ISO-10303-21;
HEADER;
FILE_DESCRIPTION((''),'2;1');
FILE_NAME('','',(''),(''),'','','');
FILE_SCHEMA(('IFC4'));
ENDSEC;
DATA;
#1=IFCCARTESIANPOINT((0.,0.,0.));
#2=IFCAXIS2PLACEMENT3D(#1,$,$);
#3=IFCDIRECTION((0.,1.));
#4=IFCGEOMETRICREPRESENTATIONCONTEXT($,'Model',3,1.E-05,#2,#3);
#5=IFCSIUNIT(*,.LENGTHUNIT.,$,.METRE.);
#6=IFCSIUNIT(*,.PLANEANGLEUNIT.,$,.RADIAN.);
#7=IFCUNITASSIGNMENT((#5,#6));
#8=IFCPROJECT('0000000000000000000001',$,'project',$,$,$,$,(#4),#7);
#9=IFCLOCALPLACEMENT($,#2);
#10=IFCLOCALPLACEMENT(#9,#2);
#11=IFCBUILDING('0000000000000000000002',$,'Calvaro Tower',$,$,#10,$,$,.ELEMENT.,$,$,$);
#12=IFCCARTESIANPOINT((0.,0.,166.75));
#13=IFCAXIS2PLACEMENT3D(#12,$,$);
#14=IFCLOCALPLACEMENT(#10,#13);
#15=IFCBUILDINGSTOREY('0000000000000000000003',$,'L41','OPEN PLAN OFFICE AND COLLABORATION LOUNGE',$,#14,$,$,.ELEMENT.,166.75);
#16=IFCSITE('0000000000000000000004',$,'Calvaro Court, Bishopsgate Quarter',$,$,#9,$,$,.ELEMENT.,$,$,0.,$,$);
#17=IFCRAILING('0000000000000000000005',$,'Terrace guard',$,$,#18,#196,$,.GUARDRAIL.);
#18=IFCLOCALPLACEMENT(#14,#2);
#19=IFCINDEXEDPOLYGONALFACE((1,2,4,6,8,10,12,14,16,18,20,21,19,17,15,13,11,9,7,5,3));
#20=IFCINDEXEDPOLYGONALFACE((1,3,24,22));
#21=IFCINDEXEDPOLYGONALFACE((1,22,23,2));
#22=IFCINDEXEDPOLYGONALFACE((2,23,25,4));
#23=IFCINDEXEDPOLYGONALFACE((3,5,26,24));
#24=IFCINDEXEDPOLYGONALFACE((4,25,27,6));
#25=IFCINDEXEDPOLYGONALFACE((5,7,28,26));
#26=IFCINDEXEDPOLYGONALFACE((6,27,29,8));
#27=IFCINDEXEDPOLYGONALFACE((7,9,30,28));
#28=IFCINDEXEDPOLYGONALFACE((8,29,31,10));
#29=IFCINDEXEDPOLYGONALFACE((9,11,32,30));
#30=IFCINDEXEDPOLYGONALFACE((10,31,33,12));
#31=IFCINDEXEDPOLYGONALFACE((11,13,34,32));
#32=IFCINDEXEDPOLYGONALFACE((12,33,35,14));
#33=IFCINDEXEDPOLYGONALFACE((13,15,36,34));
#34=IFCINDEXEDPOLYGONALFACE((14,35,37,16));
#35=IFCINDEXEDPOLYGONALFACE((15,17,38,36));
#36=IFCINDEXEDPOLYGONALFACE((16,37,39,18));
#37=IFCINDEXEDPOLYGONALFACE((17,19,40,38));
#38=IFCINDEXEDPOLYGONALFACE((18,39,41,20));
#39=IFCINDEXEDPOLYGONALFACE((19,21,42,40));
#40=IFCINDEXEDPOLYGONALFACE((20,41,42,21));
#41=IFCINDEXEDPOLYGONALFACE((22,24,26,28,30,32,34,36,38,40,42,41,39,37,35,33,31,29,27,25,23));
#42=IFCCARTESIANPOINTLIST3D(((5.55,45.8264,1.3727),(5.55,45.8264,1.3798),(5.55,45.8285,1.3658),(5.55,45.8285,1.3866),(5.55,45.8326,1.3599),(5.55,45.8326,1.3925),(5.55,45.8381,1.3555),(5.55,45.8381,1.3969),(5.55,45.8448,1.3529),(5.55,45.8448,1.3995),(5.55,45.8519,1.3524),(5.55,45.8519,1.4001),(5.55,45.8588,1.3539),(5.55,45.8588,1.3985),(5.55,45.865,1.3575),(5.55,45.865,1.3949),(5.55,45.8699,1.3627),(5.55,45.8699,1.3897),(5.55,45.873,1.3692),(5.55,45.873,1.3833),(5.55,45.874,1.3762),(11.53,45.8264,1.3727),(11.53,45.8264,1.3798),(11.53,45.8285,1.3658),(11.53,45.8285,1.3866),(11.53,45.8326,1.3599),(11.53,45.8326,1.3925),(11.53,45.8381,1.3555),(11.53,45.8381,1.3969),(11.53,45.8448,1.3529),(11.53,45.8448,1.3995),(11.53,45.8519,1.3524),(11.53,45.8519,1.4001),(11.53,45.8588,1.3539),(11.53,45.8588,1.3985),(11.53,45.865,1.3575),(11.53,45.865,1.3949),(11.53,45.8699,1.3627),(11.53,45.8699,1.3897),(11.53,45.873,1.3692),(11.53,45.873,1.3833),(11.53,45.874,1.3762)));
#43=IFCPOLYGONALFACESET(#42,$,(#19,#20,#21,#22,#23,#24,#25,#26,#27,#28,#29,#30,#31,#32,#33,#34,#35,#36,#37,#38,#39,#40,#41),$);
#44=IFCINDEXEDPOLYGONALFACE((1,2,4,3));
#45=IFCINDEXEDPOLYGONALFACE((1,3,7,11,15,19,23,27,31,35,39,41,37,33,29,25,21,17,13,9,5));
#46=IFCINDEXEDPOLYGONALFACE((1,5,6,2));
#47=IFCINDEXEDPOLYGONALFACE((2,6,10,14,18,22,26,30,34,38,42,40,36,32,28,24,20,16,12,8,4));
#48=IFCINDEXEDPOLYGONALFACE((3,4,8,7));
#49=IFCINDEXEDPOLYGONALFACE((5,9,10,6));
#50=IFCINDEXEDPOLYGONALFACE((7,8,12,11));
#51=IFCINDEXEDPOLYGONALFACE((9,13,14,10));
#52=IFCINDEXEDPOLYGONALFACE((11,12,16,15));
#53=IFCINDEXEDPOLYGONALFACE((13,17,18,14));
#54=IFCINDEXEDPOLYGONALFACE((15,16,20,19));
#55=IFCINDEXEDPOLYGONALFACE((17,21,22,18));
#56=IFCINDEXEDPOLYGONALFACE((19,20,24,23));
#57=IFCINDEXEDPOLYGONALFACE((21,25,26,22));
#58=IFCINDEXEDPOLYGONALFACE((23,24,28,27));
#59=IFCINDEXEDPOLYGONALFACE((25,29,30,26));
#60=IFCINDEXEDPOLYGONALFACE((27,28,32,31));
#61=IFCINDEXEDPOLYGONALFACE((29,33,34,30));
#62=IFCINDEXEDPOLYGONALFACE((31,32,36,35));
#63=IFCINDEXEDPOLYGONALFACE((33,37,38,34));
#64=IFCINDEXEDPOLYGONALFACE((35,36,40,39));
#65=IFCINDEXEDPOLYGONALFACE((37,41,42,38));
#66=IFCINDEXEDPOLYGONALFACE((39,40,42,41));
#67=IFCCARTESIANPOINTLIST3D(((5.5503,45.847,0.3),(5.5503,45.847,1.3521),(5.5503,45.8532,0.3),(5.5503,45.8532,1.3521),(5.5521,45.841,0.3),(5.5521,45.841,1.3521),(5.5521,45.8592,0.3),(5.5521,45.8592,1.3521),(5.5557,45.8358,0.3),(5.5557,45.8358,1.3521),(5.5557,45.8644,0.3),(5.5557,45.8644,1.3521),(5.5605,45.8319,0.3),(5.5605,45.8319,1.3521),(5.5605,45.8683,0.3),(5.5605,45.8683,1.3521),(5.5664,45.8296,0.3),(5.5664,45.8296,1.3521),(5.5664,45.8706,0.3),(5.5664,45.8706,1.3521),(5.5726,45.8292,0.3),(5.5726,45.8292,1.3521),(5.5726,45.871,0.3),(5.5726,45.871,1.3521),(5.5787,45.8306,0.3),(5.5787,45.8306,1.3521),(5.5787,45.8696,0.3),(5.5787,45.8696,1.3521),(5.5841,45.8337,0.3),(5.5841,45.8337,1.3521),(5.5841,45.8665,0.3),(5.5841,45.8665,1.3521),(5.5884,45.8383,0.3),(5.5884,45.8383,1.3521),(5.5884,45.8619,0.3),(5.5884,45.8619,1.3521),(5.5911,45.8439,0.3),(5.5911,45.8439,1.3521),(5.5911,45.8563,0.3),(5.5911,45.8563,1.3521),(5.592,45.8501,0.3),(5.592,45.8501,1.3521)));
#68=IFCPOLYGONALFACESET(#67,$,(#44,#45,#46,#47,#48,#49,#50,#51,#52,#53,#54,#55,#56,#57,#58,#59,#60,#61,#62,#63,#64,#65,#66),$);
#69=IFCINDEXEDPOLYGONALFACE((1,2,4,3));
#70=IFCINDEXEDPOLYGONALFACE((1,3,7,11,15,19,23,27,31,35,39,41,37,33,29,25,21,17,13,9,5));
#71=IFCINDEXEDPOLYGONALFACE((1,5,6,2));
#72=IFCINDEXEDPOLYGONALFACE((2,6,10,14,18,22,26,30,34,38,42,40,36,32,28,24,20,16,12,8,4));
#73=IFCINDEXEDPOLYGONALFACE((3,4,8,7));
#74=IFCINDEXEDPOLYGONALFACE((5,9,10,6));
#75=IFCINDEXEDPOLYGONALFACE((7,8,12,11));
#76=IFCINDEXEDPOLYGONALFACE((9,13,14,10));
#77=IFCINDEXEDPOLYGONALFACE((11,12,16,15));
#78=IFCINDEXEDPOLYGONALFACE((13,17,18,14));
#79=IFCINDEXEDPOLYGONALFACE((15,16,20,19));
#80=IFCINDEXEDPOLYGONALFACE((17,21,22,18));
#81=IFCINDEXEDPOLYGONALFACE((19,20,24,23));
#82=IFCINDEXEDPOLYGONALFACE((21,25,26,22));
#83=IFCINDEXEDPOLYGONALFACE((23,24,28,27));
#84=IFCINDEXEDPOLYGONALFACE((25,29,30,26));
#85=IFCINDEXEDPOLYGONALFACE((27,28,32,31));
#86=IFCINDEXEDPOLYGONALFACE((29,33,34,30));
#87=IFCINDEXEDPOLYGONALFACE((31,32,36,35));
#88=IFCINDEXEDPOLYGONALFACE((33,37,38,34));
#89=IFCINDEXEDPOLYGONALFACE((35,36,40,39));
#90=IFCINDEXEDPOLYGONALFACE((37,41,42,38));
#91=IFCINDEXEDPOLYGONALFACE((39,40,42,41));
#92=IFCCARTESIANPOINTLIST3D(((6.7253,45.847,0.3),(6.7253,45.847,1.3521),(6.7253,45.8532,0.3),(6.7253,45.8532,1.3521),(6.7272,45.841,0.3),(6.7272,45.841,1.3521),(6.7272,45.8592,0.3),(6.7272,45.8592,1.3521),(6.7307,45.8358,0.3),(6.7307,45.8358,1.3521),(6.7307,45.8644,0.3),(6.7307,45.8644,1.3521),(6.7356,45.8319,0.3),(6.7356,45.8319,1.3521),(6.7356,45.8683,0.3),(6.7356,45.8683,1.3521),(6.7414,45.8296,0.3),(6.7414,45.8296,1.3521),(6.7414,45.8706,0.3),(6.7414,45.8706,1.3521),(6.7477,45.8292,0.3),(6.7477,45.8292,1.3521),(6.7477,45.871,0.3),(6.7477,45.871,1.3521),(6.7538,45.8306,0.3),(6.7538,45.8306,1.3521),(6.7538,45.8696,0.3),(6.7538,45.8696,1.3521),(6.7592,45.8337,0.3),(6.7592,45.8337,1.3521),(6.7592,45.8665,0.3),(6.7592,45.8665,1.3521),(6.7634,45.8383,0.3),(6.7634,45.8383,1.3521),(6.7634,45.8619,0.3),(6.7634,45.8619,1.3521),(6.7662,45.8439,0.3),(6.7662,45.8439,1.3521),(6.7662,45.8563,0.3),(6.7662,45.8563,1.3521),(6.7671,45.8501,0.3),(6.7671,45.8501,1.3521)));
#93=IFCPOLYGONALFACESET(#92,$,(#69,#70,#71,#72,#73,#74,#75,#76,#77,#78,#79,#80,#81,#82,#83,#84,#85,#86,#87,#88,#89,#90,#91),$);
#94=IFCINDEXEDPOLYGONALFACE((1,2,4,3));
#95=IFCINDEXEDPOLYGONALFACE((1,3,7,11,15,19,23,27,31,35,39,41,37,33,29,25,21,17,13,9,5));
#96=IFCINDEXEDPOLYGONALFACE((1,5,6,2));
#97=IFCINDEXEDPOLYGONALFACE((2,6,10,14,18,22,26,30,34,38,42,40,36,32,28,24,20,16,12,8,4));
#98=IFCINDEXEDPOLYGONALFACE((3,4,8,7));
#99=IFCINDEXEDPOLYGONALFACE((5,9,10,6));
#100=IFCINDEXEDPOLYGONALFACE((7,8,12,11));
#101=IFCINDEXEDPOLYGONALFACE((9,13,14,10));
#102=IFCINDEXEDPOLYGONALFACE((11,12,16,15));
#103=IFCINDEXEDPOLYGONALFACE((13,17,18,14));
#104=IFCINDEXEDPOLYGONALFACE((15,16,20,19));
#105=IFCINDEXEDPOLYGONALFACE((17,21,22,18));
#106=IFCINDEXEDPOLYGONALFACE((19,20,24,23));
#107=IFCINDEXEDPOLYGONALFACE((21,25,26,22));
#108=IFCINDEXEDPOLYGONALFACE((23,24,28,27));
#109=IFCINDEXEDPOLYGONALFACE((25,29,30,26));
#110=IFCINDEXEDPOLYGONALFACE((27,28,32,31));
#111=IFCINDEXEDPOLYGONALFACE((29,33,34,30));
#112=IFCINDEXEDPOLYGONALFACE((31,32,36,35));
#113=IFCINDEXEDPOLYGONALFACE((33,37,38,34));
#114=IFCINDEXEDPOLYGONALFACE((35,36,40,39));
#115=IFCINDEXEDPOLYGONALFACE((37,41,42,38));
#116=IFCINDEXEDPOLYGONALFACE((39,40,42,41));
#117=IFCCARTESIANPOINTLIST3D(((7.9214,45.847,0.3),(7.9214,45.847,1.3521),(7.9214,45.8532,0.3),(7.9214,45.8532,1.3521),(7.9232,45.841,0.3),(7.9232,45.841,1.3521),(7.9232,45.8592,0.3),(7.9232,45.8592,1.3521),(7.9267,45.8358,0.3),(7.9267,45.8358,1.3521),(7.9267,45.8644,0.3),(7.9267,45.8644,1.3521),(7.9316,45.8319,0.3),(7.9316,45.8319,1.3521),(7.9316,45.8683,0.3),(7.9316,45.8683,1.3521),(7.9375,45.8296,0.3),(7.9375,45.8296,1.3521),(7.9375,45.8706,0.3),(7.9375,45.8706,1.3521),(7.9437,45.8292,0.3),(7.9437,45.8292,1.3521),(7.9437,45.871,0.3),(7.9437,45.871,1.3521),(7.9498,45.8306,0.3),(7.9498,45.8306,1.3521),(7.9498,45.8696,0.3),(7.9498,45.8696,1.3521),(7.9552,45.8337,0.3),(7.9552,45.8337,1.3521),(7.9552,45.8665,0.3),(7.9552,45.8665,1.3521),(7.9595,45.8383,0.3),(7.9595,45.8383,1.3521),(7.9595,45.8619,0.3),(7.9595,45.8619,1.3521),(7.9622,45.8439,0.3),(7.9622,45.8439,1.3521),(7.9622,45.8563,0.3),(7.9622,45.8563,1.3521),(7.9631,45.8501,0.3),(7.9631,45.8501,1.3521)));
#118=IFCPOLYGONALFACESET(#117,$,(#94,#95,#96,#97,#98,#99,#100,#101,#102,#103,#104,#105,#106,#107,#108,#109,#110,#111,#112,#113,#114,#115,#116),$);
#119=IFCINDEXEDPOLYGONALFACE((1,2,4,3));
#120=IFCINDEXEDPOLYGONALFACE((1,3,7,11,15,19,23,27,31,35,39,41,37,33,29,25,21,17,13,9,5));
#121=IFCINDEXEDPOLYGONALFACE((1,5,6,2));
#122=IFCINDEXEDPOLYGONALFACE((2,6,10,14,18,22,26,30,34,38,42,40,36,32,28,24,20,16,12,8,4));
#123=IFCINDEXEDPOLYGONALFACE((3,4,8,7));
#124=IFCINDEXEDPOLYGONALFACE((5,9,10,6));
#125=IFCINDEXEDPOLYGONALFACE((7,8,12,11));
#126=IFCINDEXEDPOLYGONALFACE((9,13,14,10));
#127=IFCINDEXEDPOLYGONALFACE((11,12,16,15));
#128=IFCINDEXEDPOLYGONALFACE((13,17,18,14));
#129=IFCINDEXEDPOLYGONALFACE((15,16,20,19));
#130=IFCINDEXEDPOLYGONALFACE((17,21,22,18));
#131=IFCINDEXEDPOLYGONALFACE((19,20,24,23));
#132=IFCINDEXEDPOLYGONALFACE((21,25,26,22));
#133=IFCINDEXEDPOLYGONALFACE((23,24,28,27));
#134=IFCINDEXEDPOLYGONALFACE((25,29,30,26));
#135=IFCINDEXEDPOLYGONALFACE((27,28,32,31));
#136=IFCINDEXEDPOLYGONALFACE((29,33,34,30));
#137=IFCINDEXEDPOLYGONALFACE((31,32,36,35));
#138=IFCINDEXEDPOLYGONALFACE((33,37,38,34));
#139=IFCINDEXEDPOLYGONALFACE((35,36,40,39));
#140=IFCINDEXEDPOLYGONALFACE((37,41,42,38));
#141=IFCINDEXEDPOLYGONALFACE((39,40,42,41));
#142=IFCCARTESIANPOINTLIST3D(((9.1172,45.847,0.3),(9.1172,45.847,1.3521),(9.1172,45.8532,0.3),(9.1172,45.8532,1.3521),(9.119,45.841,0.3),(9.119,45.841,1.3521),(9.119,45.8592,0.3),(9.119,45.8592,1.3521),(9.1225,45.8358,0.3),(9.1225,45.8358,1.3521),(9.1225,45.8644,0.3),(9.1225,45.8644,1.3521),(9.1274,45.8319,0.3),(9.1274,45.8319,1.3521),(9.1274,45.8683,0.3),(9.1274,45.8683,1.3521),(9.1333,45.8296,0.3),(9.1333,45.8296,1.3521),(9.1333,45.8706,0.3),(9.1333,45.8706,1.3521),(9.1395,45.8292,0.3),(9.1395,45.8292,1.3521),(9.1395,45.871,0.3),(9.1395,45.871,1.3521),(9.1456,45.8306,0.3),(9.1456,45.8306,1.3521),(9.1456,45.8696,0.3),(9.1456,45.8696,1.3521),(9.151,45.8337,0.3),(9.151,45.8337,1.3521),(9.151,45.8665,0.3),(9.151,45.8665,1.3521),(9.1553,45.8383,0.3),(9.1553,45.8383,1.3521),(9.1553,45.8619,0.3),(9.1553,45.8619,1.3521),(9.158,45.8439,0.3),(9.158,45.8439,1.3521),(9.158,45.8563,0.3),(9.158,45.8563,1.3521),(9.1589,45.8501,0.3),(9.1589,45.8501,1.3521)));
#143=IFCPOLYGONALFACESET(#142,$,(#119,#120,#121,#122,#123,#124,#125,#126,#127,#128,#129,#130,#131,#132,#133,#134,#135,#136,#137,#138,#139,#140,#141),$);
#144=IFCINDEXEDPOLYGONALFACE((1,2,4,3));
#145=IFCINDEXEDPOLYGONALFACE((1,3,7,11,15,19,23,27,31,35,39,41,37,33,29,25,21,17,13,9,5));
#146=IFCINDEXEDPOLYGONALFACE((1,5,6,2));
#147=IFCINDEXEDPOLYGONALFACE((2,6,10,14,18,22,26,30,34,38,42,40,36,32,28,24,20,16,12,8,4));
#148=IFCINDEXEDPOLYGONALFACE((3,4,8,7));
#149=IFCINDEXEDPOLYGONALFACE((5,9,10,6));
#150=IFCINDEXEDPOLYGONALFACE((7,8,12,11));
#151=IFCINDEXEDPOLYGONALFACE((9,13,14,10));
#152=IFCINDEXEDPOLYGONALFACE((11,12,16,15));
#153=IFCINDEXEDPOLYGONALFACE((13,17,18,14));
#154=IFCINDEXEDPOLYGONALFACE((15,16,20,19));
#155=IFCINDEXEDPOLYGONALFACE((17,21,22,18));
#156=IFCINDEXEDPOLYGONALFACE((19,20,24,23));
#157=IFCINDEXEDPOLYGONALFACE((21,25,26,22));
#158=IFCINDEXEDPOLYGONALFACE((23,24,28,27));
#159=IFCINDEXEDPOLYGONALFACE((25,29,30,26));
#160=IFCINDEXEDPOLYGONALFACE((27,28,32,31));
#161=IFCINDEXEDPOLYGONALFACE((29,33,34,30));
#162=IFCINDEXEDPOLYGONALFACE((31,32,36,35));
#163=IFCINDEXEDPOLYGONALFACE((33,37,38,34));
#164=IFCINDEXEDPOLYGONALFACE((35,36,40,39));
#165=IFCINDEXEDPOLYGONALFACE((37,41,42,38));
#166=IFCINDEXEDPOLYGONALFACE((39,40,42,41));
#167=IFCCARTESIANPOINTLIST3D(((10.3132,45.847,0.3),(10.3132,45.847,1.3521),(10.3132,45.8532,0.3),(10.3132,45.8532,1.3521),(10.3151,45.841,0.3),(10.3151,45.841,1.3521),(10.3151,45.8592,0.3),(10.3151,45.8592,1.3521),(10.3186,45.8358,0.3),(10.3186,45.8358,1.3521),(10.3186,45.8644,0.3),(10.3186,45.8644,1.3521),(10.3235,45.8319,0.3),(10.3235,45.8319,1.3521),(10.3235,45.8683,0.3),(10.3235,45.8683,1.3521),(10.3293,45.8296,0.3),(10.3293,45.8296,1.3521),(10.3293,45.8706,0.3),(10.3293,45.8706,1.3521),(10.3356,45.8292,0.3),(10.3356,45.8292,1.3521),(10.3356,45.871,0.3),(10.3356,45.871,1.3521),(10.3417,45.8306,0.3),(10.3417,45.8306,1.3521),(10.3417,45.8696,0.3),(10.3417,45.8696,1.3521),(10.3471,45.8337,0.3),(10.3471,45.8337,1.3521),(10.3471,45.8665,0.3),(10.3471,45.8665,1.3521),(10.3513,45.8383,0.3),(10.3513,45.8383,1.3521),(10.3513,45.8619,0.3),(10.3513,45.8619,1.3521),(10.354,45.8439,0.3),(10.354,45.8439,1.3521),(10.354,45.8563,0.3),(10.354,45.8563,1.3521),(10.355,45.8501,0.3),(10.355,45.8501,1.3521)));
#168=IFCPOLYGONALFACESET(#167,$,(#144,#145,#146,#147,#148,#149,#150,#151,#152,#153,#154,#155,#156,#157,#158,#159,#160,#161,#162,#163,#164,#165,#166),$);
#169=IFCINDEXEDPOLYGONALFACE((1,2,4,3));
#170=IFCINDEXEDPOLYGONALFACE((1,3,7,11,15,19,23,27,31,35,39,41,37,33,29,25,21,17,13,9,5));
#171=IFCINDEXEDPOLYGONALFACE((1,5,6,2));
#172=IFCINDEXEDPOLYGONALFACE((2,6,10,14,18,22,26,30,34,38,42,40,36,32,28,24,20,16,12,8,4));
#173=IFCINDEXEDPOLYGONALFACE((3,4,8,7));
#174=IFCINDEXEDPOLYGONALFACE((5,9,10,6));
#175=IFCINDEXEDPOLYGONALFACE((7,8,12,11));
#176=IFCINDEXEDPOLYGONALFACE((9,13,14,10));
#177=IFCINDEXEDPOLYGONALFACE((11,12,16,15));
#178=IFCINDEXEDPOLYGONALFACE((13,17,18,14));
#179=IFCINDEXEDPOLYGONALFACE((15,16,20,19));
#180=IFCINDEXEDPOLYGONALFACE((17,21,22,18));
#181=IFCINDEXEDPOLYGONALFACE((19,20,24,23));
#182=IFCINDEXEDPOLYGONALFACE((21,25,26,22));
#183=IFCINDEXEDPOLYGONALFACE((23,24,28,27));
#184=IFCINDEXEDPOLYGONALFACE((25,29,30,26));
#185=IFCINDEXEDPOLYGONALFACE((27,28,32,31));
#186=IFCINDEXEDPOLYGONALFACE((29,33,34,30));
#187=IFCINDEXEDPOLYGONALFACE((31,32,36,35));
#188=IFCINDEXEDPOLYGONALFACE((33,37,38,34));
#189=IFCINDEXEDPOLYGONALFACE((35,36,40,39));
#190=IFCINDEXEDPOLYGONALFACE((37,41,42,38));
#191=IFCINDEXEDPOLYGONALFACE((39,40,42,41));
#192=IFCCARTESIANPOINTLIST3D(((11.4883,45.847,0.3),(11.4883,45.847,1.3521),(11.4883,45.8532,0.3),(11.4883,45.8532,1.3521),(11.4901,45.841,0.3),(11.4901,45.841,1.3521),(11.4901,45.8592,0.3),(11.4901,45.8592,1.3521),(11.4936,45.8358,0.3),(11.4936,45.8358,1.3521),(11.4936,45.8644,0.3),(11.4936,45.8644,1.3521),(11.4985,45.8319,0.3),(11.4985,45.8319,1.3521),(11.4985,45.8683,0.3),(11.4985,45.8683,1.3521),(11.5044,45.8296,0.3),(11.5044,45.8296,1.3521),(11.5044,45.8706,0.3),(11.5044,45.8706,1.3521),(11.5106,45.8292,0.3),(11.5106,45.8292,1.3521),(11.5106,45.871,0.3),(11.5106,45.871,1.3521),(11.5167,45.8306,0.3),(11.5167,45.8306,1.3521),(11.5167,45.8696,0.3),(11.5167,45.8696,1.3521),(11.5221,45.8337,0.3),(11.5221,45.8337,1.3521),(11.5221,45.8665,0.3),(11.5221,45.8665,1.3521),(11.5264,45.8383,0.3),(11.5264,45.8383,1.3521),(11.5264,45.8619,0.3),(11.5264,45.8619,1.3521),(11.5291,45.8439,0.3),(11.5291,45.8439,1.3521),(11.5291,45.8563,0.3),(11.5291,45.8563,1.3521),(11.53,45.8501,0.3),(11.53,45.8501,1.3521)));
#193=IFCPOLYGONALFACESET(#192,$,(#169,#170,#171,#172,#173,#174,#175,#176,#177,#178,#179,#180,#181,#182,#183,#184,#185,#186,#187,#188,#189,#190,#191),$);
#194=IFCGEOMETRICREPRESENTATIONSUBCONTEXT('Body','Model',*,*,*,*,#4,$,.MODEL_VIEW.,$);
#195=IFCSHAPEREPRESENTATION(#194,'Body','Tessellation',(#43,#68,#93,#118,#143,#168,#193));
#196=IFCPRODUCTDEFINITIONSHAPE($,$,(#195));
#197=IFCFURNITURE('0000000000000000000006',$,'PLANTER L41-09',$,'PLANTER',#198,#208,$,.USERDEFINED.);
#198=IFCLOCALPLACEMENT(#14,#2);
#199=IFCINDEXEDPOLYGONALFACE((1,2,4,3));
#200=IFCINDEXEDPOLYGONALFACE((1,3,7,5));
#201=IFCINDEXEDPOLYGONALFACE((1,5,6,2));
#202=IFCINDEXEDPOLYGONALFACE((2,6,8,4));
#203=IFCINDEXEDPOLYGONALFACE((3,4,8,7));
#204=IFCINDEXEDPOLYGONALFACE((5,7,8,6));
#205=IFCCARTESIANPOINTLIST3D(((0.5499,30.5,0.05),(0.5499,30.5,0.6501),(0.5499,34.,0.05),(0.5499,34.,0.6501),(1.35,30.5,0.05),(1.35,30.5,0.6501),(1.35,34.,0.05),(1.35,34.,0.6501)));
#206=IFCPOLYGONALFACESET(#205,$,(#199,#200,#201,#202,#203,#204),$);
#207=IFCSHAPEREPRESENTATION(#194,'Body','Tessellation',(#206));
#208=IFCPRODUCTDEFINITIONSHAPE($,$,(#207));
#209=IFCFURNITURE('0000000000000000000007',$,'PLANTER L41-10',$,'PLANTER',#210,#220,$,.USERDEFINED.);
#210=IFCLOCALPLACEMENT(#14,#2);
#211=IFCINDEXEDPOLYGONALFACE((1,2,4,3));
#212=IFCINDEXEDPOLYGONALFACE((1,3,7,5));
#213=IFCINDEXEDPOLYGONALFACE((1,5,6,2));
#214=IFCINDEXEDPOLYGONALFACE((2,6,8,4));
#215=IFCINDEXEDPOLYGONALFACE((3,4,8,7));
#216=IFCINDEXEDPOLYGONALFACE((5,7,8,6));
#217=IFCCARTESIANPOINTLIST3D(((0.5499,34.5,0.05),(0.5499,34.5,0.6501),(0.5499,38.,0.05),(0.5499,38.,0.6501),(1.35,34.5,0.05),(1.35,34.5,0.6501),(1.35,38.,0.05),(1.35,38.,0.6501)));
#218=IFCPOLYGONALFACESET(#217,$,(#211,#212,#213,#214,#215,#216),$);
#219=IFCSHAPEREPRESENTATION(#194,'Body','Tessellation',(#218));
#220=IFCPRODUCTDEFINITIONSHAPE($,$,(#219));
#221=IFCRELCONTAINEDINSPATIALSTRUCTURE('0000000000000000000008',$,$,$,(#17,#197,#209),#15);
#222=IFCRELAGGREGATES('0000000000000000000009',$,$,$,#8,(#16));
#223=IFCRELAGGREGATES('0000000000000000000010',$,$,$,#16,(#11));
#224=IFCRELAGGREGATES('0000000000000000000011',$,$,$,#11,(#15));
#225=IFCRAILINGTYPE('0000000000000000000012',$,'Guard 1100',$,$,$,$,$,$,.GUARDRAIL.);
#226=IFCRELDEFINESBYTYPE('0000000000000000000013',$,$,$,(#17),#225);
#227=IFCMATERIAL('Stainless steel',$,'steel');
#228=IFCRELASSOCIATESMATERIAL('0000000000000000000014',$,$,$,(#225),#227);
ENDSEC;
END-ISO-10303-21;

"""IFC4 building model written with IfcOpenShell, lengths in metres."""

from ifc_helpers import new_model, si_unit, direction, frame, origin, origin_2d, place, context, subcontext, project, spatial, rectangle, circle, extrude, material, type_object, element, save


model = new_model("IFC4")

# Units and contexts
model_context = context("Model", 3, precision=1e-05, world=origin(), true_north=direction((0.0, 1.0)))
body_context = subcontext(model_context, "Body", "Model", "MODEL_VIEW")
ifc_project = project(units=[si_unit("LENGTHUNIT", "METRE"), si_unit("PLANEANGLEUNIT", "RADIAN")], contexts=[model_context])

# Site, building, storey
site_placement = place(None, origin())
site = spatial("IfcSite", under=ifc_project, at=site_placement, Name="Calvaro Court, Bishopsgate Quarter", CompositionType="ELEMENT", RefElevation=0.0)
building_placement = place(site_placement, origin())
building = spatial("IfcBuilding", under=site, at=building_placement, Name="Calvaro Tower", CompositionType="ELEMENT")
storey_placement = place(building_placement, frame((0.0, 0.0, 166.75)))
storey = spatial("IfcBuildingStorey", under=building, at=storey_placement, Name="L41", Description="OPEN PLAN OFFICE AND COLLABORATION LOUNGE", CompositionType="ELEMENT", Elevation=166.75)

# Railing
ifc_material_1 = material(Name="Stainless steel", Category="steel")
railing_type = type_object("IfcRailingType", Name="Guard 1100", PredefinedType="GUARDRAIL", material=ifc_material_1)
railing_1_placement = place(storey_placement, frame((5.55, 45.8501, 0.3)))
element("IfcRailing", 1, at=railing_1_placement, inside=storey, type_object=railing_type, Name="Terrace guard", PredefinedType="GUARDRAIL", context=body_context, shape_type="SweptSolid", body=[
    extrude(circle(Radius=0.0239, at=origin_2d()), frame((0.0, 0.0, 1.0762), z_axis=(1.0, 0.0, 0.0), x_axis=(0.0, 1.0, 0.0)), (0.0, 0.0, 1.0), 5.98),
    extrude(circle(Radius=0.021, at=origin_2d()), frame((0.021, 0.0, 0.0)), (0.0, 0.0, 1.0), 1.052),
    extrude(circle(Radius=0.021, at=origin_2d()), frame((1.196, 0.0, 0.0)), (0.0, 0.0, 1.0), 1.052),
    extrude(circle(Radius=0.021, at=origin_2d()), frame((2.3921, 0.0, 0.0)), (0.0, 0.0, 1.0), 1.052),
    extrude(circle(Radius=0.021, at=origin_2d()), frame((3.5879, 0.0, 0.0)), (0.0, 0.0, 1.0), 1.052),
    extrude(circle(Radius=0.021, at=origin_2d()), frame((4.7839, 0.0, 0.0)), (0.0, 0.0, 1.0), 1.052),
    extrude(circle(Radius=0.021, at=origin_2d()), frame((5.959, 0.0, 0.0)), (0.0, 0.0, 1.0), 1.052),
])

# Furniture
for number, where, z_axis, x_axis, name in (
    (2, (0.95, 32.25, 0.05), (0.0, 0.0, 1.0), (1.0, 0.0, 0.0), "PLANTER L41-09"),
    (3, (0.95, 36.25, 0.05), (0.0, 0.0, 1.0), (1.0, 0.0, 0.0), "PLANTER L41-10"),
):
    element("IfcFurniture", number, at=place(storey_placement, frame(where, z_axis=z_axis, x_axis=x_axis)), inside=storey, Name=name, ObjectType="PLANTER", PredefinedType="USERDEFINED", context=body_context, shape_type="SweptSolid", body=[
        extrude(rectangle(XDim=0.8, YDim=3.5, at=origin_2d()), origin(), (0.0, 0.0, 1.0), 0.6001),
    ])

save(model, "model.ifc")
